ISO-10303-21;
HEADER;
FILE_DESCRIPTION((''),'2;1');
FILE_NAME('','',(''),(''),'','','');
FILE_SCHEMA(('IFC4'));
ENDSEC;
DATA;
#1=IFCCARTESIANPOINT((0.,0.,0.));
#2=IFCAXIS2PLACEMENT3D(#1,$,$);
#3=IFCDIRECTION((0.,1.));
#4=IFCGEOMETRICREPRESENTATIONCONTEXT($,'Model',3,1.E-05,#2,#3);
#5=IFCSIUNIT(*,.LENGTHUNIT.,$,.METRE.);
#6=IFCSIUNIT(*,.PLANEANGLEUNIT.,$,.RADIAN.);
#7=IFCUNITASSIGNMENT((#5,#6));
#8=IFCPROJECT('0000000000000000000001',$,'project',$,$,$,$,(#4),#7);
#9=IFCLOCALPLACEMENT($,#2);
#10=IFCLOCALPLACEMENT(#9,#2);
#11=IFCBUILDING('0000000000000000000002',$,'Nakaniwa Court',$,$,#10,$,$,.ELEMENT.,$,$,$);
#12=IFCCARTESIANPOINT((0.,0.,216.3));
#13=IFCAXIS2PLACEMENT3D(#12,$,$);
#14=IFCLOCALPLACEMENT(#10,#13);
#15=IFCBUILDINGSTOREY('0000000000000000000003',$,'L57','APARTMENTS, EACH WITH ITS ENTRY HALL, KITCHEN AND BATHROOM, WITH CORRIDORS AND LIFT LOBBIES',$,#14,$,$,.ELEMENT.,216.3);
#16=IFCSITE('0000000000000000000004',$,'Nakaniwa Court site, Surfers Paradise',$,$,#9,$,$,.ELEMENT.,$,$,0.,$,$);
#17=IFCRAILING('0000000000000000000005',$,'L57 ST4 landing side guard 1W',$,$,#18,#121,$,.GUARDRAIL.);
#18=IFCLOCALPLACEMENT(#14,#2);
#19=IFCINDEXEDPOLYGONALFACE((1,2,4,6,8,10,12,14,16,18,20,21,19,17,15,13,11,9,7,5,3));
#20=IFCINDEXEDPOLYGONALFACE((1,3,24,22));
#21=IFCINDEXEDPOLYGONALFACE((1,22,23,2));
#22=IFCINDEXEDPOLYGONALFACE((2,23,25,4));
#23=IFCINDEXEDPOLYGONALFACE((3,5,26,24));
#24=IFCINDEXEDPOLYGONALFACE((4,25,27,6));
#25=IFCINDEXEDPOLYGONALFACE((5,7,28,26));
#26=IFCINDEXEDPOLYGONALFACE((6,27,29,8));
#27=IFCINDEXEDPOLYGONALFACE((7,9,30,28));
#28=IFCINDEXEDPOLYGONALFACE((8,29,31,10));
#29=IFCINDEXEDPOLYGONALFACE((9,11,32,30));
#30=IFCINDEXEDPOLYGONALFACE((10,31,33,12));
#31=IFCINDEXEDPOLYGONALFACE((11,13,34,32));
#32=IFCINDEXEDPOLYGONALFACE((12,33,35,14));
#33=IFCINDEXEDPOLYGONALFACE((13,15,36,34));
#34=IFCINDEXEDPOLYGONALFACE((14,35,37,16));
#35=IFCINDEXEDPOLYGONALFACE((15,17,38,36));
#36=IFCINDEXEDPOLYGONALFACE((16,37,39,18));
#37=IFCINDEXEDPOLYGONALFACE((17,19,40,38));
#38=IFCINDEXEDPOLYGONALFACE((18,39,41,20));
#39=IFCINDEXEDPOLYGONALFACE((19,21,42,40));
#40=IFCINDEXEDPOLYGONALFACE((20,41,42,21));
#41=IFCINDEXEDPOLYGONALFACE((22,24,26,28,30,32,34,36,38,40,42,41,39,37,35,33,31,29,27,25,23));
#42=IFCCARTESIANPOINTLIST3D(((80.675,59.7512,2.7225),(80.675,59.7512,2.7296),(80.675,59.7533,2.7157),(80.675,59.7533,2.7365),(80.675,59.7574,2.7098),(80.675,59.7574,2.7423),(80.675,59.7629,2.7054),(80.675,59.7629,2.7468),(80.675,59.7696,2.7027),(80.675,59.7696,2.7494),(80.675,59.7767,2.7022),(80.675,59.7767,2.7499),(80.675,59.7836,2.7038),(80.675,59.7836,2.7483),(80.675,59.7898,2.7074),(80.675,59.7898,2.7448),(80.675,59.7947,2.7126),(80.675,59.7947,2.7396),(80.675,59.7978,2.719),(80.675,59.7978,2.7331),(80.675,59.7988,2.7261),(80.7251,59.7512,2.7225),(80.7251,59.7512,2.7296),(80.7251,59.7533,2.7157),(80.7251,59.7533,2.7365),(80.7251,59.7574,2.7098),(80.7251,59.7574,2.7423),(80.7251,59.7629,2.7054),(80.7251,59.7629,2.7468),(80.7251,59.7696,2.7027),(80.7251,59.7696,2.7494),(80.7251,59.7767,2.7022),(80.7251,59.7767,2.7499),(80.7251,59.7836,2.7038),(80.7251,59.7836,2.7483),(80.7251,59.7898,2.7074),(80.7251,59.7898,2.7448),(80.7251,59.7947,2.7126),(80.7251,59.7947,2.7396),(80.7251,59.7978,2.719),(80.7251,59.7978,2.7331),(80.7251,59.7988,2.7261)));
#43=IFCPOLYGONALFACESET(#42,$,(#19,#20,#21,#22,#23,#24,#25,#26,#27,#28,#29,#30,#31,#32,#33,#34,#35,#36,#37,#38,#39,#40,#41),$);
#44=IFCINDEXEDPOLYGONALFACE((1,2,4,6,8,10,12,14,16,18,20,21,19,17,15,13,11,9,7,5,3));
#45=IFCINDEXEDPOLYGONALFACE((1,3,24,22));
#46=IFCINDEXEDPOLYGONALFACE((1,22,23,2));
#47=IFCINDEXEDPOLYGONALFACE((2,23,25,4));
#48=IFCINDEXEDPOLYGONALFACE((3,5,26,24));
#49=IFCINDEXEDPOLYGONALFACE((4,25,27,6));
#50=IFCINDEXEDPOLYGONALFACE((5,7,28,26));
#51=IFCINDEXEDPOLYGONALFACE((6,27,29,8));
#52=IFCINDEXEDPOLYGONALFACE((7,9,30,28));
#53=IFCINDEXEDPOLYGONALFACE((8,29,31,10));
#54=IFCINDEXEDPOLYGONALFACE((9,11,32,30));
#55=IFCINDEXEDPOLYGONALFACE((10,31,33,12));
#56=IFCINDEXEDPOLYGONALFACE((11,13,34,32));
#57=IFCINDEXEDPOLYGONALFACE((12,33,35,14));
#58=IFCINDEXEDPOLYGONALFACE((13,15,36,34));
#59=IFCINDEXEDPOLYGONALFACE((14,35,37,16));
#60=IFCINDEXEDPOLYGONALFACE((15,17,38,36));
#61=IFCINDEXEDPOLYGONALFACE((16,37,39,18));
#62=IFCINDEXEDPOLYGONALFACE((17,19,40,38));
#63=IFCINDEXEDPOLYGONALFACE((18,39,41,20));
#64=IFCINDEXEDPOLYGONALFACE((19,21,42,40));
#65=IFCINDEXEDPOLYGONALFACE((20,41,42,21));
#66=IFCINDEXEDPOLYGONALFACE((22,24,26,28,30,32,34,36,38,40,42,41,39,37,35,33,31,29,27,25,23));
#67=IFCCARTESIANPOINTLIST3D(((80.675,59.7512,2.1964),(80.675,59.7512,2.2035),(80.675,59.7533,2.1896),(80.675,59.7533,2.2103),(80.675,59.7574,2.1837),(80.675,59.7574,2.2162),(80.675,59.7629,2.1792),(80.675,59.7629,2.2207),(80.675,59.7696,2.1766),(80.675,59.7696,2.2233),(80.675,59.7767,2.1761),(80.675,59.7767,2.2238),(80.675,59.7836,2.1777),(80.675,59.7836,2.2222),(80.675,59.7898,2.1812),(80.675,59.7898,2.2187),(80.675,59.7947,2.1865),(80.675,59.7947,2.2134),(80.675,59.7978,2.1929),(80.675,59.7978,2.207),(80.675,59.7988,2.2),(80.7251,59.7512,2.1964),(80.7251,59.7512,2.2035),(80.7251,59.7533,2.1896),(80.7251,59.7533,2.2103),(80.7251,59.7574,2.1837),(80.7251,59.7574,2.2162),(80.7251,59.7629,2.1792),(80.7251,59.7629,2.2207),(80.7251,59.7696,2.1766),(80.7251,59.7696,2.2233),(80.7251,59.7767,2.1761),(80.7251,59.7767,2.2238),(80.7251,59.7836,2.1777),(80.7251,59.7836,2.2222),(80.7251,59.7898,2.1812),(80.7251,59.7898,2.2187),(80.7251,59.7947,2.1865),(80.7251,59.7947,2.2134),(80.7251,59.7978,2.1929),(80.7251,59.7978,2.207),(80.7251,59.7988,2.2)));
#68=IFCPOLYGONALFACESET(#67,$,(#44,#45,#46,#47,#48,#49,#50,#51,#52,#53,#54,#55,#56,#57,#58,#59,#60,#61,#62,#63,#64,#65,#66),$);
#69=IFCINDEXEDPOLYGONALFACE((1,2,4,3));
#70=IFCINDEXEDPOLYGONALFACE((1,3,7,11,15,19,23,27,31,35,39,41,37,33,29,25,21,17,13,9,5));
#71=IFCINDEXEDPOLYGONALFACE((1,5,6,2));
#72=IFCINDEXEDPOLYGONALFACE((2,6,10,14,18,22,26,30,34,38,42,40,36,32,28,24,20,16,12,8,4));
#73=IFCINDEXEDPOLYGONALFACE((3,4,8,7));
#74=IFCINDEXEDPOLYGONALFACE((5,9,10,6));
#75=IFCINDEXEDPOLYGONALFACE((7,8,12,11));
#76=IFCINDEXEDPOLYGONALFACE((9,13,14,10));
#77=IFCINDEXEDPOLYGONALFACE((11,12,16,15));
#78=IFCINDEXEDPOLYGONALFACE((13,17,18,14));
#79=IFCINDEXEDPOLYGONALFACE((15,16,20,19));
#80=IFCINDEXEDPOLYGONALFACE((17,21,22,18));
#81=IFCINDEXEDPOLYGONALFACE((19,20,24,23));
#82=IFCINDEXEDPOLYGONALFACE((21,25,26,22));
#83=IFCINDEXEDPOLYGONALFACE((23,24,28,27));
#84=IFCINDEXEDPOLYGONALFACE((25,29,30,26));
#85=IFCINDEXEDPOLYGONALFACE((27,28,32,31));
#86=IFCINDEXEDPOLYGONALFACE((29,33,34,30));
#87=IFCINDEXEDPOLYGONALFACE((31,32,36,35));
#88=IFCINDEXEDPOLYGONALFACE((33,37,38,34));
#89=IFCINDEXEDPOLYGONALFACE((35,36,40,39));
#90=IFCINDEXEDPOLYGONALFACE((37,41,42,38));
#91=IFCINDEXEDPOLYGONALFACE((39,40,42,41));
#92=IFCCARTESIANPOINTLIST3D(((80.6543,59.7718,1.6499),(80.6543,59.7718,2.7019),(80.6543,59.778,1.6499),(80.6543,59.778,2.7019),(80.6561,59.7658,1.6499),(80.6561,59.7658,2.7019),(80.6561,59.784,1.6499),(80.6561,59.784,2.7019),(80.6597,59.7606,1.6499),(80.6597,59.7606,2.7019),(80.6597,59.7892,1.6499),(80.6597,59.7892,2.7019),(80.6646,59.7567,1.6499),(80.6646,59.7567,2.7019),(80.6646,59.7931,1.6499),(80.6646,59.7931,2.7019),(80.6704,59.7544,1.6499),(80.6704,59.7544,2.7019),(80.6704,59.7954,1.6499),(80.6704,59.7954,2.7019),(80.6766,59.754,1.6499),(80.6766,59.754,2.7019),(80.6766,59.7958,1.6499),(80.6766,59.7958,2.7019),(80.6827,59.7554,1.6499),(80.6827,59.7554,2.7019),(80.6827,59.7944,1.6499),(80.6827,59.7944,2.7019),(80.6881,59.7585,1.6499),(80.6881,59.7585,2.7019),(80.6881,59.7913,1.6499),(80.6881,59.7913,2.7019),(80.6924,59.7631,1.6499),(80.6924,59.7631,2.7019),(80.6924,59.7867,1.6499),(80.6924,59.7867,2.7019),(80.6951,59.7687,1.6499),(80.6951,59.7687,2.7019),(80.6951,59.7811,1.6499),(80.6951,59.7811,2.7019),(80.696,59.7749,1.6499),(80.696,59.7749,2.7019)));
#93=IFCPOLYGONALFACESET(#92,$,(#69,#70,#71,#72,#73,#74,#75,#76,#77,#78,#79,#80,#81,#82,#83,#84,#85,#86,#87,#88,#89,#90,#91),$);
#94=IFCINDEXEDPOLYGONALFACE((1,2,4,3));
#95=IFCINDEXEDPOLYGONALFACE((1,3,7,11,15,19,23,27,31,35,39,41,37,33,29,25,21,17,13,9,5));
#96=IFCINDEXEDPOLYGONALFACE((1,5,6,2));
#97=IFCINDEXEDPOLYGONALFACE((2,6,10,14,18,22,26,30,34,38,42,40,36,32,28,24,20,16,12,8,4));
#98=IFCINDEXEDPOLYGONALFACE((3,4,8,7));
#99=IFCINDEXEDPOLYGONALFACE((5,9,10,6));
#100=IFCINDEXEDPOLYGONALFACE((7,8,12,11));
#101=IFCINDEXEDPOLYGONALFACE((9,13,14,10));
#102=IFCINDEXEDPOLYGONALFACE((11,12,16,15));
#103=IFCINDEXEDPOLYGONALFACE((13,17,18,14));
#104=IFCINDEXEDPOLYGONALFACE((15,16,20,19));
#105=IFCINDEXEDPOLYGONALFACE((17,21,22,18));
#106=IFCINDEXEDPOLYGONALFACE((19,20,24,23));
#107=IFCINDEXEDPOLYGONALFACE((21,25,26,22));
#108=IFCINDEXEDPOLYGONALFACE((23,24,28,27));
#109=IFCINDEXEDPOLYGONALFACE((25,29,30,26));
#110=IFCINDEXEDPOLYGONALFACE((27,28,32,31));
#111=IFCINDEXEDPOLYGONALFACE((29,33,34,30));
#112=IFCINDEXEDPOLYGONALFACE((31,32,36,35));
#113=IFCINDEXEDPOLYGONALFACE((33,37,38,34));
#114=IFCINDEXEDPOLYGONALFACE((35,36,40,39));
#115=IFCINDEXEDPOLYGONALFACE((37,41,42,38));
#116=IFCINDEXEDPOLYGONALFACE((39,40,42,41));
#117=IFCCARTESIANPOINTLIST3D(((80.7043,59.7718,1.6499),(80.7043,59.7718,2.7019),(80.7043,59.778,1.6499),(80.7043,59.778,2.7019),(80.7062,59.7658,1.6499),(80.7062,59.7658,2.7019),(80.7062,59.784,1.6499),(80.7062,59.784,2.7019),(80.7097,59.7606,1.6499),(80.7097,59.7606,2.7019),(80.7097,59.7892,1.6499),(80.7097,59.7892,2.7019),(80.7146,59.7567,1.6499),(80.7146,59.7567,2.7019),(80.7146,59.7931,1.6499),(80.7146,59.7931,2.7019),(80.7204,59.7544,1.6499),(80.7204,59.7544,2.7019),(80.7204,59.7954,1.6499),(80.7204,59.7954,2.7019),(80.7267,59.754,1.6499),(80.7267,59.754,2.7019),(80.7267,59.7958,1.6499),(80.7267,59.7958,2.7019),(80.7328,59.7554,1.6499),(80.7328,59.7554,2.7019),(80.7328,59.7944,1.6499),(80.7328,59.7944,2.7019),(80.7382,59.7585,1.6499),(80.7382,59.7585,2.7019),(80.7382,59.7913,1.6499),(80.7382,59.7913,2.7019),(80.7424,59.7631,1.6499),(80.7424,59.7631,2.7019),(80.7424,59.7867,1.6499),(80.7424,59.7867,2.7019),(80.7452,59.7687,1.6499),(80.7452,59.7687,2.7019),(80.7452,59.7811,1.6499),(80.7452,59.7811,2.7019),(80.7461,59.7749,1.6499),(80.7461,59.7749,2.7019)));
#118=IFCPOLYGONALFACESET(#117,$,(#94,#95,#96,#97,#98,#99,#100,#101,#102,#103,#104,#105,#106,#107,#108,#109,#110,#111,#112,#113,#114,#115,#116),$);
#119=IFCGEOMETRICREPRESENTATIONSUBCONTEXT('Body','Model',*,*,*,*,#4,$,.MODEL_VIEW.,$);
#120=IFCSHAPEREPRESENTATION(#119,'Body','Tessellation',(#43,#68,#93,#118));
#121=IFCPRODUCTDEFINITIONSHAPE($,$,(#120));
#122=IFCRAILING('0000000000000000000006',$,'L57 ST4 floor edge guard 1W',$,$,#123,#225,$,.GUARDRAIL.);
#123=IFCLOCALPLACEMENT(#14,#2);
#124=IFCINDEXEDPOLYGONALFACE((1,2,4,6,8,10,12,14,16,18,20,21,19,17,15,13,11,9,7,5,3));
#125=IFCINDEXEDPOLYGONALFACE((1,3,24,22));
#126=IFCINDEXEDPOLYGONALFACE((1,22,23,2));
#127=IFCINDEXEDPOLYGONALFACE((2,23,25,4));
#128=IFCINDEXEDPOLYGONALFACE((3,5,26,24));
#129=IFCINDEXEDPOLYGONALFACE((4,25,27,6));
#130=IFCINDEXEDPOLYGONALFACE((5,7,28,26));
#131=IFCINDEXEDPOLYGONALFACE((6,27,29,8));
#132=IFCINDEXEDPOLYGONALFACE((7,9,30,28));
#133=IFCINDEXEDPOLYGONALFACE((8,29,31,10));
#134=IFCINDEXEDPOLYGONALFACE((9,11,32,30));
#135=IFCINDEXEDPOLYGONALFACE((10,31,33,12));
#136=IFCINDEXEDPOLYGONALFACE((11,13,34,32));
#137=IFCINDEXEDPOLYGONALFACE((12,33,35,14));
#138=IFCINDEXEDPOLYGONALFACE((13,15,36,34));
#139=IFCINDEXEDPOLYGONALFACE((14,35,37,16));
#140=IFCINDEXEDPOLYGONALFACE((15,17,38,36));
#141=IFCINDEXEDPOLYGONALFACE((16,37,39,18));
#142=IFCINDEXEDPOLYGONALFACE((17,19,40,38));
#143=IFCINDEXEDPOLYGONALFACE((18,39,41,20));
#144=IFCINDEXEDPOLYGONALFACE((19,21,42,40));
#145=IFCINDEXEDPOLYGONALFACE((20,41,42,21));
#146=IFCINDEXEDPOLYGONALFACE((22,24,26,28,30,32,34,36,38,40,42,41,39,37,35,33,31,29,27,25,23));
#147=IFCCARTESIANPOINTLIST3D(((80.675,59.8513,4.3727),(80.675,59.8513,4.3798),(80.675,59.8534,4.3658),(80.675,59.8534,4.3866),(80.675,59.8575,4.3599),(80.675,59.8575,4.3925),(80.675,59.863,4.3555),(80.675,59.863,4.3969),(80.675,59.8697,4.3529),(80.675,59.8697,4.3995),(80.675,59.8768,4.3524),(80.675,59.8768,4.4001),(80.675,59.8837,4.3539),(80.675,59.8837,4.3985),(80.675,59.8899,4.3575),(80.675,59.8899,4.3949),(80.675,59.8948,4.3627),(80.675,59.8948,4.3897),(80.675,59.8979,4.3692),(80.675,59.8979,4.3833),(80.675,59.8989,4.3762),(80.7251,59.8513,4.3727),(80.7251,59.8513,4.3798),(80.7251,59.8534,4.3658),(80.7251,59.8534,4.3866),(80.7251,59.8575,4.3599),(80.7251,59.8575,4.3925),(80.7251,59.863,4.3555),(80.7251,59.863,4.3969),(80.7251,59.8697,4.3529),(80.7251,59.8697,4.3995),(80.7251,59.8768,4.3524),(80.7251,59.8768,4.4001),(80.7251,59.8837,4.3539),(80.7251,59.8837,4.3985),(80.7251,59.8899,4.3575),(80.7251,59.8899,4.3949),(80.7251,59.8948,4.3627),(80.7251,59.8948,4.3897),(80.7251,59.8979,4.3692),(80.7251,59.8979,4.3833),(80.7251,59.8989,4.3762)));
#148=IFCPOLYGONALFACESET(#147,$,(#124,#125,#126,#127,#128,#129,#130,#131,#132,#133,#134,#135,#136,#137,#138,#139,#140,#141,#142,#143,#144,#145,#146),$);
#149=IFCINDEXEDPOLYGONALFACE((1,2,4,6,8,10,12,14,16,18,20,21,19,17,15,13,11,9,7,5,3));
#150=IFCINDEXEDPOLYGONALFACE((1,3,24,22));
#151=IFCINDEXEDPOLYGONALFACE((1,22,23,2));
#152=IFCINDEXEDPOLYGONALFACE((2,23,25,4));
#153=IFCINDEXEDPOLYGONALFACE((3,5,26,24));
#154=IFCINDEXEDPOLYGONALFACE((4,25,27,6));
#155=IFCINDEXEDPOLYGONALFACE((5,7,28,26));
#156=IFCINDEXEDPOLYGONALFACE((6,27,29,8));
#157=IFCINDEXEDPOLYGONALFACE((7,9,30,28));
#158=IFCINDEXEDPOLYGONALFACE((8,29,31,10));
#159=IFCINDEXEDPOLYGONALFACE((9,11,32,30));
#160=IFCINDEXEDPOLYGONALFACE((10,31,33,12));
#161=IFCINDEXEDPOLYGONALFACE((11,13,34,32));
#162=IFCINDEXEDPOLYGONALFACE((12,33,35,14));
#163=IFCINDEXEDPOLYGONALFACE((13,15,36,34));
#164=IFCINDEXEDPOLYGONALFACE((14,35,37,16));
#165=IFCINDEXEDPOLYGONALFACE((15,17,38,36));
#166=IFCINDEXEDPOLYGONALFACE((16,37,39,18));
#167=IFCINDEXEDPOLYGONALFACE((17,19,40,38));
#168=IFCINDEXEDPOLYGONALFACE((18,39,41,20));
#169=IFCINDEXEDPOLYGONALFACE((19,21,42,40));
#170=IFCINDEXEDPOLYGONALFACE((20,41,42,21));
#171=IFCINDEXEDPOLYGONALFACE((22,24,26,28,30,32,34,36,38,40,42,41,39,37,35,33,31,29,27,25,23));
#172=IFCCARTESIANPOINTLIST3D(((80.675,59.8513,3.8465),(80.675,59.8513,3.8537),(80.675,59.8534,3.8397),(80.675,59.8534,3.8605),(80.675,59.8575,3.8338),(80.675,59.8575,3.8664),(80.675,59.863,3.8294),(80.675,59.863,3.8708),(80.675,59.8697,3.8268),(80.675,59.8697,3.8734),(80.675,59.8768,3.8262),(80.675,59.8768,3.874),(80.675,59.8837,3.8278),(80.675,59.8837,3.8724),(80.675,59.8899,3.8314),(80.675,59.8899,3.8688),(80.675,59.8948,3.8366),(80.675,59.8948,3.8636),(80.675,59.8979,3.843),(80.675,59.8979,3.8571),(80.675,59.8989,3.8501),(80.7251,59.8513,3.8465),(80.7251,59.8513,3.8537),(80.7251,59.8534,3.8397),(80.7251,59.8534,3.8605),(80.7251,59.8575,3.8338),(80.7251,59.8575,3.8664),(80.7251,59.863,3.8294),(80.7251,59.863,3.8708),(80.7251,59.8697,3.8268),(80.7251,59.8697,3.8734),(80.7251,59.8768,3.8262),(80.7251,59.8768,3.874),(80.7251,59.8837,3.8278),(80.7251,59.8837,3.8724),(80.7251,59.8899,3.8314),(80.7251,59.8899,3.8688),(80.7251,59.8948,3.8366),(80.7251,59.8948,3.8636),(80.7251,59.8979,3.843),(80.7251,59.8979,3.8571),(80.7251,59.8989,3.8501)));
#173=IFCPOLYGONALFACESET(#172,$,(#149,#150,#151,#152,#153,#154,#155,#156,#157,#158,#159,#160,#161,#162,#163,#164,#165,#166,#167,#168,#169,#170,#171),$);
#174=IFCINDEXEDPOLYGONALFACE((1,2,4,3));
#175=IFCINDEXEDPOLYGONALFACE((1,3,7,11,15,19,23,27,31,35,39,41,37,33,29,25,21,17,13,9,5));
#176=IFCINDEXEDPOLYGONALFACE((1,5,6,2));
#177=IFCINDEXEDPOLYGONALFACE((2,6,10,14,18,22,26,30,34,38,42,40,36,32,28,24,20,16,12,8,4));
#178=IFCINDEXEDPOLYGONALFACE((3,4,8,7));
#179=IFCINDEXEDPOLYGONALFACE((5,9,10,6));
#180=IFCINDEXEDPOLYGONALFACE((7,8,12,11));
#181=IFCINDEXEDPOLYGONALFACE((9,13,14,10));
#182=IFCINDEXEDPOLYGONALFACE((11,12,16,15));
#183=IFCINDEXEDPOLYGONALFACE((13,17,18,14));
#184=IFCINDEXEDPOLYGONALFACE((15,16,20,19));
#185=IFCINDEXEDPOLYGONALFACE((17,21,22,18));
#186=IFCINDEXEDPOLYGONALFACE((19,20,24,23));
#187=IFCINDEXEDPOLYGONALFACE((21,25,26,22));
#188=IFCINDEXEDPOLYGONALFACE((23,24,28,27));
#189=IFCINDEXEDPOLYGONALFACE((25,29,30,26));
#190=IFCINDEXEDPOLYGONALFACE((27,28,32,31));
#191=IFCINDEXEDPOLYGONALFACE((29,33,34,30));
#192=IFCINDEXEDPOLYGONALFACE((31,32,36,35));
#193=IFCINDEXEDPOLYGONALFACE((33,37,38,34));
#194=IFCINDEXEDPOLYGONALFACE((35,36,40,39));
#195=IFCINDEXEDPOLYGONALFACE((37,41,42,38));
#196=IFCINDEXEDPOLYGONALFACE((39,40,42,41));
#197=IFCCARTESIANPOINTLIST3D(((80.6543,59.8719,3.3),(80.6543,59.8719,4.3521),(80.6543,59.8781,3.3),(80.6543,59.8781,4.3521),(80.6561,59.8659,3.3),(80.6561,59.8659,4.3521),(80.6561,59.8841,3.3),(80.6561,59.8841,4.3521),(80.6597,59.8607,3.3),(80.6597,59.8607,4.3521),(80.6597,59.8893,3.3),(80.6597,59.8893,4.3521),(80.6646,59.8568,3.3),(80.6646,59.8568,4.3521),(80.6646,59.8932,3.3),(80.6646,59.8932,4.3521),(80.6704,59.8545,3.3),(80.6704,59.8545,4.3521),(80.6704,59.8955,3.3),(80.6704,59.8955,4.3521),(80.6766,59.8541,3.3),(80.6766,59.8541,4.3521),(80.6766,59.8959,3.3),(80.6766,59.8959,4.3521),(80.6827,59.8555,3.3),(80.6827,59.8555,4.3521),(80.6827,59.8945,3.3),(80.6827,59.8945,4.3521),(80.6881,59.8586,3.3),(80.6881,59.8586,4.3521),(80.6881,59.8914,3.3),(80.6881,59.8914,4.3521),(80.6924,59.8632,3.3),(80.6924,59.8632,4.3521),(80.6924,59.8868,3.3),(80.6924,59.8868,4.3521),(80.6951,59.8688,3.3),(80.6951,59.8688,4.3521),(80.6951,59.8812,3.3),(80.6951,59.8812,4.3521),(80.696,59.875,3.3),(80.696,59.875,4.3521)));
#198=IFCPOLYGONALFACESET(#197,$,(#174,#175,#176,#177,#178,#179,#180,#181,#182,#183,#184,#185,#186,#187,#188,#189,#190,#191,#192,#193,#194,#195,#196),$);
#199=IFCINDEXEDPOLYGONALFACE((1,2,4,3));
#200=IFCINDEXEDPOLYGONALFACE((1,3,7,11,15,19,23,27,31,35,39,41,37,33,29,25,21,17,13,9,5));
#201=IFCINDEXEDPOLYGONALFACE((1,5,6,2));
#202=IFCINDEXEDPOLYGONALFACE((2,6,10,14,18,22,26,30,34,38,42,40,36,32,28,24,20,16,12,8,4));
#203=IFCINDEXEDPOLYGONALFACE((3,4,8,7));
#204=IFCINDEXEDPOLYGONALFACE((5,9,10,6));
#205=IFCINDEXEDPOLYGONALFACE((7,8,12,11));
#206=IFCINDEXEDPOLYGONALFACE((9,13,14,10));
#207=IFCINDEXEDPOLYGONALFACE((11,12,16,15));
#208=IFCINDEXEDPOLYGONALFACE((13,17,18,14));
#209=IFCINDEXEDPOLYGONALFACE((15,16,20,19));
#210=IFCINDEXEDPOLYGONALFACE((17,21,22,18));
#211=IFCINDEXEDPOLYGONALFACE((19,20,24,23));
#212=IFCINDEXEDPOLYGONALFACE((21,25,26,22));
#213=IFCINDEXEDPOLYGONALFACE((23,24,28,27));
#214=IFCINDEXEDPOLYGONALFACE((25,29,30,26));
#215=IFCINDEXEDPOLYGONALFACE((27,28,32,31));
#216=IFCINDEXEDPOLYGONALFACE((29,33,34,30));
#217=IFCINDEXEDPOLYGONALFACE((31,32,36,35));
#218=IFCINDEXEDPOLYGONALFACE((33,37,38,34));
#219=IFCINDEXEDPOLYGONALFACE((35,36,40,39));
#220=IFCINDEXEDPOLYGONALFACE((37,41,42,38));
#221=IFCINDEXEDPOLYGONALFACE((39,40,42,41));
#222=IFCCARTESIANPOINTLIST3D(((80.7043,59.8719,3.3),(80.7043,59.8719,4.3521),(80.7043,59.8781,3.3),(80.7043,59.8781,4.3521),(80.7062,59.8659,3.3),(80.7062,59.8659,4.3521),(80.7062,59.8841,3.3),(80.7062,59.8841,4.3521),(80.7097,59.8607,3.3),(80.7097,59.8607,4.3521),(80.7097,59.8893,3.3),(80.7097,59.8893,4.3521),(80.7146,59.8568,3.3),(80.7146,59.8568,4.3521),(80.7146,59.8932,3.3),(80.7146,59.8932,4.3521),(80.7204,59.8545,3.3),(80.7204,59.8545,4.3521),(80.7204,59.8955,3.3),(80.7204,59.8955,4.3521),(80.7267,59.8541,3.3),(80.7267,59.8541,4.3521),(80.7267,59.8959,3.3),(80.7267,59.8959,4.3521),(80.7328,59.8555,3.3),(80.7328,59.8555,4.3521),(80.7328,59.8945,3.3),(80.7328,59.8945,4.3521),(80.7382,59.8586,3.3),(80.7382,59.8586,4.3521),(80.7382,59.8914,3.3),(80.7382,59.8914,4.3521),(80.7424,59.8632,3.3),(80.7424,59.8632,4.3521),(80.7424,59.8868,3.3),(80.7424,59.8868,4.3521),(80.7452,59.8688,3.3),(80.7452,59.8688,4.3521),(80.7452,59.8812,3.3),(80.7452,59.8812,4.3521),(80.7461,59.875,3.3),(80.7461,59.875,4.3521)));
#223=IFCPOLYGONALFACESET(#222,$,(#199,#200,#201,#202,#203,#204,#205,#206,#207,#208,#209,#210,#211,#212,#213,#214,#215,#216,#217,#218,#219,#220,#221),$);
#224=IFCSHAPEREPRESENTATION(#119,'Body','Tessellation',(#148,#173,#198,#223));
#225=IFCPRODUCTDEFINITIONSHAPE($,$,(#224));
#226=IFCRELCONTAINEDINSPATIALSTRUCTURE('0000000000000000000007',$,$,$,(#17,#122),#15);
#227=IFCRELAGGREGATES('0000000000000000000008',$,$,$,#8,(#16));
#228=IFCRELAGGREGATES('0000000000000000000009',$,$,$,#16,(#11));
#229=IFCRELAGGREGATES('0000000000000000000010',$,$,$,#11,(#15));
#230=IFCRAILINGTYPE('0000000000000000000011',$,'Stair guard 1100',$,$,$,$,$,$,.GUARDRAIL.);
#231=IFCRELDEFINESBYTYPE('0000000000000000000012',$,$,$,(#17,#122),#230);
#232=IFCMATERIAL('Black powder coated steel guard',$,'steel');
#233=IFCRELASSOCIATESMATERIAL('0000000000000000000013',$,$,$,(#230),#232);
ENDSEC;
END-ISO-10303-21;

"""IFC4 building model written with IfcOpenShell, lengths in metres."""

from ifc_helpers import new_model, si_unit, direction, frame, origin, origin_2d, place, context, subcontext, project, spatial, circle, extrude, material, type_object, element, save


model = new_model("IFC4")

# Units and contexts
model_context = context("Model", 3, precision=1e-05, world=origin(), true_north=direction((0.0, 1.0)))
body_context = subcontext(model_context, "Body", "Model", "MODEL_VIEW")
ifc_project = project(units=[si_unit("LENGTHUNIT", "METRE"), si_unit("PLANEANGLEUNIT", "RADIAN")], contexts=[model_context])

# Site, building, storey
site_placement = place(None, origin())
site = spatial("IfcSite", under=ifc_project, at=site_placement, Name="Nakaniwa Court site, Surfers Paradise", CompositionType="ELEMENT", RefElevation=0.0)
building_placement = place(site_placement, origin())
building = spatial("IfcBuilding", under=site, at=building_placement, Name="Nakaniwa Court", CompositionType="ELEMENT")
storey_placement = place(building_placement, frame((0.0, 0.0, 216.3)))
storey = spatial("IfcBuildingStorey", under=building, at=storey_placement, Name="L57", Description="APARTMENTS, EACH WITH ITS ENTRY HALL, KITCHEN AND BATHROOM, WITH CORRIDORS AND LIFT LOBBIES", CompositionType="ELEMENT", Elevation=216.3)

# Railings
ifc_material_1 = material(Name="Black powder coated steel guard", Category="steel")
railing_type_1 = type_object("IfcRailingType", Name="Stair guard 1100", PredefinedType="GUARDRAIL", material=ifc_material_1)
for number, where, name in (
    (1, (80.675, 59.7749, 1.6499), "L57 ST4 landing side guard 1W"),
    (2, (80.675, 59.875, 3.3), "L57 ST4 floor edge guard 1W"),
):
    element("IfcRailing", number, at=place(storey_placement, frame(where)), inside=storey, type_object=railing_type_1, Name=name, PredefinedType="GUARDRAIL", context=body_context, shape_type="SweptSolid", body=[
        extrude(circle(Radius=0.0239, at=origin_2d()), frame((0.0, 0.0, 1.0762), z_axis=(1.0, 0.0, 0.0), x_axis=(0.0, 1.0, 0.0)), (0.0, 0.0, 1.0), 0.05),
        extrude(circle(Radius=0.0239, at=origin_2d()), frame((0.0, 0.0, 0.55), z_axis=(1.0, 0.0, 0.0), x_axis=(0.0, 1.0, 0.0)), (0.0, 0.0, 1.0), 0.05),
        extrude(circle(Radius=0.021, at=origin_2d()), origin(), (0.0, 0.0, 1.0), 1.052),
        extrude(circle(Radius=0.021, at=origin_2d()), frame((0.05, 0.0, 0.0)), (0.0, 0.0, 1.0), 1.052),
    ])

save(model, "model.ifc")
